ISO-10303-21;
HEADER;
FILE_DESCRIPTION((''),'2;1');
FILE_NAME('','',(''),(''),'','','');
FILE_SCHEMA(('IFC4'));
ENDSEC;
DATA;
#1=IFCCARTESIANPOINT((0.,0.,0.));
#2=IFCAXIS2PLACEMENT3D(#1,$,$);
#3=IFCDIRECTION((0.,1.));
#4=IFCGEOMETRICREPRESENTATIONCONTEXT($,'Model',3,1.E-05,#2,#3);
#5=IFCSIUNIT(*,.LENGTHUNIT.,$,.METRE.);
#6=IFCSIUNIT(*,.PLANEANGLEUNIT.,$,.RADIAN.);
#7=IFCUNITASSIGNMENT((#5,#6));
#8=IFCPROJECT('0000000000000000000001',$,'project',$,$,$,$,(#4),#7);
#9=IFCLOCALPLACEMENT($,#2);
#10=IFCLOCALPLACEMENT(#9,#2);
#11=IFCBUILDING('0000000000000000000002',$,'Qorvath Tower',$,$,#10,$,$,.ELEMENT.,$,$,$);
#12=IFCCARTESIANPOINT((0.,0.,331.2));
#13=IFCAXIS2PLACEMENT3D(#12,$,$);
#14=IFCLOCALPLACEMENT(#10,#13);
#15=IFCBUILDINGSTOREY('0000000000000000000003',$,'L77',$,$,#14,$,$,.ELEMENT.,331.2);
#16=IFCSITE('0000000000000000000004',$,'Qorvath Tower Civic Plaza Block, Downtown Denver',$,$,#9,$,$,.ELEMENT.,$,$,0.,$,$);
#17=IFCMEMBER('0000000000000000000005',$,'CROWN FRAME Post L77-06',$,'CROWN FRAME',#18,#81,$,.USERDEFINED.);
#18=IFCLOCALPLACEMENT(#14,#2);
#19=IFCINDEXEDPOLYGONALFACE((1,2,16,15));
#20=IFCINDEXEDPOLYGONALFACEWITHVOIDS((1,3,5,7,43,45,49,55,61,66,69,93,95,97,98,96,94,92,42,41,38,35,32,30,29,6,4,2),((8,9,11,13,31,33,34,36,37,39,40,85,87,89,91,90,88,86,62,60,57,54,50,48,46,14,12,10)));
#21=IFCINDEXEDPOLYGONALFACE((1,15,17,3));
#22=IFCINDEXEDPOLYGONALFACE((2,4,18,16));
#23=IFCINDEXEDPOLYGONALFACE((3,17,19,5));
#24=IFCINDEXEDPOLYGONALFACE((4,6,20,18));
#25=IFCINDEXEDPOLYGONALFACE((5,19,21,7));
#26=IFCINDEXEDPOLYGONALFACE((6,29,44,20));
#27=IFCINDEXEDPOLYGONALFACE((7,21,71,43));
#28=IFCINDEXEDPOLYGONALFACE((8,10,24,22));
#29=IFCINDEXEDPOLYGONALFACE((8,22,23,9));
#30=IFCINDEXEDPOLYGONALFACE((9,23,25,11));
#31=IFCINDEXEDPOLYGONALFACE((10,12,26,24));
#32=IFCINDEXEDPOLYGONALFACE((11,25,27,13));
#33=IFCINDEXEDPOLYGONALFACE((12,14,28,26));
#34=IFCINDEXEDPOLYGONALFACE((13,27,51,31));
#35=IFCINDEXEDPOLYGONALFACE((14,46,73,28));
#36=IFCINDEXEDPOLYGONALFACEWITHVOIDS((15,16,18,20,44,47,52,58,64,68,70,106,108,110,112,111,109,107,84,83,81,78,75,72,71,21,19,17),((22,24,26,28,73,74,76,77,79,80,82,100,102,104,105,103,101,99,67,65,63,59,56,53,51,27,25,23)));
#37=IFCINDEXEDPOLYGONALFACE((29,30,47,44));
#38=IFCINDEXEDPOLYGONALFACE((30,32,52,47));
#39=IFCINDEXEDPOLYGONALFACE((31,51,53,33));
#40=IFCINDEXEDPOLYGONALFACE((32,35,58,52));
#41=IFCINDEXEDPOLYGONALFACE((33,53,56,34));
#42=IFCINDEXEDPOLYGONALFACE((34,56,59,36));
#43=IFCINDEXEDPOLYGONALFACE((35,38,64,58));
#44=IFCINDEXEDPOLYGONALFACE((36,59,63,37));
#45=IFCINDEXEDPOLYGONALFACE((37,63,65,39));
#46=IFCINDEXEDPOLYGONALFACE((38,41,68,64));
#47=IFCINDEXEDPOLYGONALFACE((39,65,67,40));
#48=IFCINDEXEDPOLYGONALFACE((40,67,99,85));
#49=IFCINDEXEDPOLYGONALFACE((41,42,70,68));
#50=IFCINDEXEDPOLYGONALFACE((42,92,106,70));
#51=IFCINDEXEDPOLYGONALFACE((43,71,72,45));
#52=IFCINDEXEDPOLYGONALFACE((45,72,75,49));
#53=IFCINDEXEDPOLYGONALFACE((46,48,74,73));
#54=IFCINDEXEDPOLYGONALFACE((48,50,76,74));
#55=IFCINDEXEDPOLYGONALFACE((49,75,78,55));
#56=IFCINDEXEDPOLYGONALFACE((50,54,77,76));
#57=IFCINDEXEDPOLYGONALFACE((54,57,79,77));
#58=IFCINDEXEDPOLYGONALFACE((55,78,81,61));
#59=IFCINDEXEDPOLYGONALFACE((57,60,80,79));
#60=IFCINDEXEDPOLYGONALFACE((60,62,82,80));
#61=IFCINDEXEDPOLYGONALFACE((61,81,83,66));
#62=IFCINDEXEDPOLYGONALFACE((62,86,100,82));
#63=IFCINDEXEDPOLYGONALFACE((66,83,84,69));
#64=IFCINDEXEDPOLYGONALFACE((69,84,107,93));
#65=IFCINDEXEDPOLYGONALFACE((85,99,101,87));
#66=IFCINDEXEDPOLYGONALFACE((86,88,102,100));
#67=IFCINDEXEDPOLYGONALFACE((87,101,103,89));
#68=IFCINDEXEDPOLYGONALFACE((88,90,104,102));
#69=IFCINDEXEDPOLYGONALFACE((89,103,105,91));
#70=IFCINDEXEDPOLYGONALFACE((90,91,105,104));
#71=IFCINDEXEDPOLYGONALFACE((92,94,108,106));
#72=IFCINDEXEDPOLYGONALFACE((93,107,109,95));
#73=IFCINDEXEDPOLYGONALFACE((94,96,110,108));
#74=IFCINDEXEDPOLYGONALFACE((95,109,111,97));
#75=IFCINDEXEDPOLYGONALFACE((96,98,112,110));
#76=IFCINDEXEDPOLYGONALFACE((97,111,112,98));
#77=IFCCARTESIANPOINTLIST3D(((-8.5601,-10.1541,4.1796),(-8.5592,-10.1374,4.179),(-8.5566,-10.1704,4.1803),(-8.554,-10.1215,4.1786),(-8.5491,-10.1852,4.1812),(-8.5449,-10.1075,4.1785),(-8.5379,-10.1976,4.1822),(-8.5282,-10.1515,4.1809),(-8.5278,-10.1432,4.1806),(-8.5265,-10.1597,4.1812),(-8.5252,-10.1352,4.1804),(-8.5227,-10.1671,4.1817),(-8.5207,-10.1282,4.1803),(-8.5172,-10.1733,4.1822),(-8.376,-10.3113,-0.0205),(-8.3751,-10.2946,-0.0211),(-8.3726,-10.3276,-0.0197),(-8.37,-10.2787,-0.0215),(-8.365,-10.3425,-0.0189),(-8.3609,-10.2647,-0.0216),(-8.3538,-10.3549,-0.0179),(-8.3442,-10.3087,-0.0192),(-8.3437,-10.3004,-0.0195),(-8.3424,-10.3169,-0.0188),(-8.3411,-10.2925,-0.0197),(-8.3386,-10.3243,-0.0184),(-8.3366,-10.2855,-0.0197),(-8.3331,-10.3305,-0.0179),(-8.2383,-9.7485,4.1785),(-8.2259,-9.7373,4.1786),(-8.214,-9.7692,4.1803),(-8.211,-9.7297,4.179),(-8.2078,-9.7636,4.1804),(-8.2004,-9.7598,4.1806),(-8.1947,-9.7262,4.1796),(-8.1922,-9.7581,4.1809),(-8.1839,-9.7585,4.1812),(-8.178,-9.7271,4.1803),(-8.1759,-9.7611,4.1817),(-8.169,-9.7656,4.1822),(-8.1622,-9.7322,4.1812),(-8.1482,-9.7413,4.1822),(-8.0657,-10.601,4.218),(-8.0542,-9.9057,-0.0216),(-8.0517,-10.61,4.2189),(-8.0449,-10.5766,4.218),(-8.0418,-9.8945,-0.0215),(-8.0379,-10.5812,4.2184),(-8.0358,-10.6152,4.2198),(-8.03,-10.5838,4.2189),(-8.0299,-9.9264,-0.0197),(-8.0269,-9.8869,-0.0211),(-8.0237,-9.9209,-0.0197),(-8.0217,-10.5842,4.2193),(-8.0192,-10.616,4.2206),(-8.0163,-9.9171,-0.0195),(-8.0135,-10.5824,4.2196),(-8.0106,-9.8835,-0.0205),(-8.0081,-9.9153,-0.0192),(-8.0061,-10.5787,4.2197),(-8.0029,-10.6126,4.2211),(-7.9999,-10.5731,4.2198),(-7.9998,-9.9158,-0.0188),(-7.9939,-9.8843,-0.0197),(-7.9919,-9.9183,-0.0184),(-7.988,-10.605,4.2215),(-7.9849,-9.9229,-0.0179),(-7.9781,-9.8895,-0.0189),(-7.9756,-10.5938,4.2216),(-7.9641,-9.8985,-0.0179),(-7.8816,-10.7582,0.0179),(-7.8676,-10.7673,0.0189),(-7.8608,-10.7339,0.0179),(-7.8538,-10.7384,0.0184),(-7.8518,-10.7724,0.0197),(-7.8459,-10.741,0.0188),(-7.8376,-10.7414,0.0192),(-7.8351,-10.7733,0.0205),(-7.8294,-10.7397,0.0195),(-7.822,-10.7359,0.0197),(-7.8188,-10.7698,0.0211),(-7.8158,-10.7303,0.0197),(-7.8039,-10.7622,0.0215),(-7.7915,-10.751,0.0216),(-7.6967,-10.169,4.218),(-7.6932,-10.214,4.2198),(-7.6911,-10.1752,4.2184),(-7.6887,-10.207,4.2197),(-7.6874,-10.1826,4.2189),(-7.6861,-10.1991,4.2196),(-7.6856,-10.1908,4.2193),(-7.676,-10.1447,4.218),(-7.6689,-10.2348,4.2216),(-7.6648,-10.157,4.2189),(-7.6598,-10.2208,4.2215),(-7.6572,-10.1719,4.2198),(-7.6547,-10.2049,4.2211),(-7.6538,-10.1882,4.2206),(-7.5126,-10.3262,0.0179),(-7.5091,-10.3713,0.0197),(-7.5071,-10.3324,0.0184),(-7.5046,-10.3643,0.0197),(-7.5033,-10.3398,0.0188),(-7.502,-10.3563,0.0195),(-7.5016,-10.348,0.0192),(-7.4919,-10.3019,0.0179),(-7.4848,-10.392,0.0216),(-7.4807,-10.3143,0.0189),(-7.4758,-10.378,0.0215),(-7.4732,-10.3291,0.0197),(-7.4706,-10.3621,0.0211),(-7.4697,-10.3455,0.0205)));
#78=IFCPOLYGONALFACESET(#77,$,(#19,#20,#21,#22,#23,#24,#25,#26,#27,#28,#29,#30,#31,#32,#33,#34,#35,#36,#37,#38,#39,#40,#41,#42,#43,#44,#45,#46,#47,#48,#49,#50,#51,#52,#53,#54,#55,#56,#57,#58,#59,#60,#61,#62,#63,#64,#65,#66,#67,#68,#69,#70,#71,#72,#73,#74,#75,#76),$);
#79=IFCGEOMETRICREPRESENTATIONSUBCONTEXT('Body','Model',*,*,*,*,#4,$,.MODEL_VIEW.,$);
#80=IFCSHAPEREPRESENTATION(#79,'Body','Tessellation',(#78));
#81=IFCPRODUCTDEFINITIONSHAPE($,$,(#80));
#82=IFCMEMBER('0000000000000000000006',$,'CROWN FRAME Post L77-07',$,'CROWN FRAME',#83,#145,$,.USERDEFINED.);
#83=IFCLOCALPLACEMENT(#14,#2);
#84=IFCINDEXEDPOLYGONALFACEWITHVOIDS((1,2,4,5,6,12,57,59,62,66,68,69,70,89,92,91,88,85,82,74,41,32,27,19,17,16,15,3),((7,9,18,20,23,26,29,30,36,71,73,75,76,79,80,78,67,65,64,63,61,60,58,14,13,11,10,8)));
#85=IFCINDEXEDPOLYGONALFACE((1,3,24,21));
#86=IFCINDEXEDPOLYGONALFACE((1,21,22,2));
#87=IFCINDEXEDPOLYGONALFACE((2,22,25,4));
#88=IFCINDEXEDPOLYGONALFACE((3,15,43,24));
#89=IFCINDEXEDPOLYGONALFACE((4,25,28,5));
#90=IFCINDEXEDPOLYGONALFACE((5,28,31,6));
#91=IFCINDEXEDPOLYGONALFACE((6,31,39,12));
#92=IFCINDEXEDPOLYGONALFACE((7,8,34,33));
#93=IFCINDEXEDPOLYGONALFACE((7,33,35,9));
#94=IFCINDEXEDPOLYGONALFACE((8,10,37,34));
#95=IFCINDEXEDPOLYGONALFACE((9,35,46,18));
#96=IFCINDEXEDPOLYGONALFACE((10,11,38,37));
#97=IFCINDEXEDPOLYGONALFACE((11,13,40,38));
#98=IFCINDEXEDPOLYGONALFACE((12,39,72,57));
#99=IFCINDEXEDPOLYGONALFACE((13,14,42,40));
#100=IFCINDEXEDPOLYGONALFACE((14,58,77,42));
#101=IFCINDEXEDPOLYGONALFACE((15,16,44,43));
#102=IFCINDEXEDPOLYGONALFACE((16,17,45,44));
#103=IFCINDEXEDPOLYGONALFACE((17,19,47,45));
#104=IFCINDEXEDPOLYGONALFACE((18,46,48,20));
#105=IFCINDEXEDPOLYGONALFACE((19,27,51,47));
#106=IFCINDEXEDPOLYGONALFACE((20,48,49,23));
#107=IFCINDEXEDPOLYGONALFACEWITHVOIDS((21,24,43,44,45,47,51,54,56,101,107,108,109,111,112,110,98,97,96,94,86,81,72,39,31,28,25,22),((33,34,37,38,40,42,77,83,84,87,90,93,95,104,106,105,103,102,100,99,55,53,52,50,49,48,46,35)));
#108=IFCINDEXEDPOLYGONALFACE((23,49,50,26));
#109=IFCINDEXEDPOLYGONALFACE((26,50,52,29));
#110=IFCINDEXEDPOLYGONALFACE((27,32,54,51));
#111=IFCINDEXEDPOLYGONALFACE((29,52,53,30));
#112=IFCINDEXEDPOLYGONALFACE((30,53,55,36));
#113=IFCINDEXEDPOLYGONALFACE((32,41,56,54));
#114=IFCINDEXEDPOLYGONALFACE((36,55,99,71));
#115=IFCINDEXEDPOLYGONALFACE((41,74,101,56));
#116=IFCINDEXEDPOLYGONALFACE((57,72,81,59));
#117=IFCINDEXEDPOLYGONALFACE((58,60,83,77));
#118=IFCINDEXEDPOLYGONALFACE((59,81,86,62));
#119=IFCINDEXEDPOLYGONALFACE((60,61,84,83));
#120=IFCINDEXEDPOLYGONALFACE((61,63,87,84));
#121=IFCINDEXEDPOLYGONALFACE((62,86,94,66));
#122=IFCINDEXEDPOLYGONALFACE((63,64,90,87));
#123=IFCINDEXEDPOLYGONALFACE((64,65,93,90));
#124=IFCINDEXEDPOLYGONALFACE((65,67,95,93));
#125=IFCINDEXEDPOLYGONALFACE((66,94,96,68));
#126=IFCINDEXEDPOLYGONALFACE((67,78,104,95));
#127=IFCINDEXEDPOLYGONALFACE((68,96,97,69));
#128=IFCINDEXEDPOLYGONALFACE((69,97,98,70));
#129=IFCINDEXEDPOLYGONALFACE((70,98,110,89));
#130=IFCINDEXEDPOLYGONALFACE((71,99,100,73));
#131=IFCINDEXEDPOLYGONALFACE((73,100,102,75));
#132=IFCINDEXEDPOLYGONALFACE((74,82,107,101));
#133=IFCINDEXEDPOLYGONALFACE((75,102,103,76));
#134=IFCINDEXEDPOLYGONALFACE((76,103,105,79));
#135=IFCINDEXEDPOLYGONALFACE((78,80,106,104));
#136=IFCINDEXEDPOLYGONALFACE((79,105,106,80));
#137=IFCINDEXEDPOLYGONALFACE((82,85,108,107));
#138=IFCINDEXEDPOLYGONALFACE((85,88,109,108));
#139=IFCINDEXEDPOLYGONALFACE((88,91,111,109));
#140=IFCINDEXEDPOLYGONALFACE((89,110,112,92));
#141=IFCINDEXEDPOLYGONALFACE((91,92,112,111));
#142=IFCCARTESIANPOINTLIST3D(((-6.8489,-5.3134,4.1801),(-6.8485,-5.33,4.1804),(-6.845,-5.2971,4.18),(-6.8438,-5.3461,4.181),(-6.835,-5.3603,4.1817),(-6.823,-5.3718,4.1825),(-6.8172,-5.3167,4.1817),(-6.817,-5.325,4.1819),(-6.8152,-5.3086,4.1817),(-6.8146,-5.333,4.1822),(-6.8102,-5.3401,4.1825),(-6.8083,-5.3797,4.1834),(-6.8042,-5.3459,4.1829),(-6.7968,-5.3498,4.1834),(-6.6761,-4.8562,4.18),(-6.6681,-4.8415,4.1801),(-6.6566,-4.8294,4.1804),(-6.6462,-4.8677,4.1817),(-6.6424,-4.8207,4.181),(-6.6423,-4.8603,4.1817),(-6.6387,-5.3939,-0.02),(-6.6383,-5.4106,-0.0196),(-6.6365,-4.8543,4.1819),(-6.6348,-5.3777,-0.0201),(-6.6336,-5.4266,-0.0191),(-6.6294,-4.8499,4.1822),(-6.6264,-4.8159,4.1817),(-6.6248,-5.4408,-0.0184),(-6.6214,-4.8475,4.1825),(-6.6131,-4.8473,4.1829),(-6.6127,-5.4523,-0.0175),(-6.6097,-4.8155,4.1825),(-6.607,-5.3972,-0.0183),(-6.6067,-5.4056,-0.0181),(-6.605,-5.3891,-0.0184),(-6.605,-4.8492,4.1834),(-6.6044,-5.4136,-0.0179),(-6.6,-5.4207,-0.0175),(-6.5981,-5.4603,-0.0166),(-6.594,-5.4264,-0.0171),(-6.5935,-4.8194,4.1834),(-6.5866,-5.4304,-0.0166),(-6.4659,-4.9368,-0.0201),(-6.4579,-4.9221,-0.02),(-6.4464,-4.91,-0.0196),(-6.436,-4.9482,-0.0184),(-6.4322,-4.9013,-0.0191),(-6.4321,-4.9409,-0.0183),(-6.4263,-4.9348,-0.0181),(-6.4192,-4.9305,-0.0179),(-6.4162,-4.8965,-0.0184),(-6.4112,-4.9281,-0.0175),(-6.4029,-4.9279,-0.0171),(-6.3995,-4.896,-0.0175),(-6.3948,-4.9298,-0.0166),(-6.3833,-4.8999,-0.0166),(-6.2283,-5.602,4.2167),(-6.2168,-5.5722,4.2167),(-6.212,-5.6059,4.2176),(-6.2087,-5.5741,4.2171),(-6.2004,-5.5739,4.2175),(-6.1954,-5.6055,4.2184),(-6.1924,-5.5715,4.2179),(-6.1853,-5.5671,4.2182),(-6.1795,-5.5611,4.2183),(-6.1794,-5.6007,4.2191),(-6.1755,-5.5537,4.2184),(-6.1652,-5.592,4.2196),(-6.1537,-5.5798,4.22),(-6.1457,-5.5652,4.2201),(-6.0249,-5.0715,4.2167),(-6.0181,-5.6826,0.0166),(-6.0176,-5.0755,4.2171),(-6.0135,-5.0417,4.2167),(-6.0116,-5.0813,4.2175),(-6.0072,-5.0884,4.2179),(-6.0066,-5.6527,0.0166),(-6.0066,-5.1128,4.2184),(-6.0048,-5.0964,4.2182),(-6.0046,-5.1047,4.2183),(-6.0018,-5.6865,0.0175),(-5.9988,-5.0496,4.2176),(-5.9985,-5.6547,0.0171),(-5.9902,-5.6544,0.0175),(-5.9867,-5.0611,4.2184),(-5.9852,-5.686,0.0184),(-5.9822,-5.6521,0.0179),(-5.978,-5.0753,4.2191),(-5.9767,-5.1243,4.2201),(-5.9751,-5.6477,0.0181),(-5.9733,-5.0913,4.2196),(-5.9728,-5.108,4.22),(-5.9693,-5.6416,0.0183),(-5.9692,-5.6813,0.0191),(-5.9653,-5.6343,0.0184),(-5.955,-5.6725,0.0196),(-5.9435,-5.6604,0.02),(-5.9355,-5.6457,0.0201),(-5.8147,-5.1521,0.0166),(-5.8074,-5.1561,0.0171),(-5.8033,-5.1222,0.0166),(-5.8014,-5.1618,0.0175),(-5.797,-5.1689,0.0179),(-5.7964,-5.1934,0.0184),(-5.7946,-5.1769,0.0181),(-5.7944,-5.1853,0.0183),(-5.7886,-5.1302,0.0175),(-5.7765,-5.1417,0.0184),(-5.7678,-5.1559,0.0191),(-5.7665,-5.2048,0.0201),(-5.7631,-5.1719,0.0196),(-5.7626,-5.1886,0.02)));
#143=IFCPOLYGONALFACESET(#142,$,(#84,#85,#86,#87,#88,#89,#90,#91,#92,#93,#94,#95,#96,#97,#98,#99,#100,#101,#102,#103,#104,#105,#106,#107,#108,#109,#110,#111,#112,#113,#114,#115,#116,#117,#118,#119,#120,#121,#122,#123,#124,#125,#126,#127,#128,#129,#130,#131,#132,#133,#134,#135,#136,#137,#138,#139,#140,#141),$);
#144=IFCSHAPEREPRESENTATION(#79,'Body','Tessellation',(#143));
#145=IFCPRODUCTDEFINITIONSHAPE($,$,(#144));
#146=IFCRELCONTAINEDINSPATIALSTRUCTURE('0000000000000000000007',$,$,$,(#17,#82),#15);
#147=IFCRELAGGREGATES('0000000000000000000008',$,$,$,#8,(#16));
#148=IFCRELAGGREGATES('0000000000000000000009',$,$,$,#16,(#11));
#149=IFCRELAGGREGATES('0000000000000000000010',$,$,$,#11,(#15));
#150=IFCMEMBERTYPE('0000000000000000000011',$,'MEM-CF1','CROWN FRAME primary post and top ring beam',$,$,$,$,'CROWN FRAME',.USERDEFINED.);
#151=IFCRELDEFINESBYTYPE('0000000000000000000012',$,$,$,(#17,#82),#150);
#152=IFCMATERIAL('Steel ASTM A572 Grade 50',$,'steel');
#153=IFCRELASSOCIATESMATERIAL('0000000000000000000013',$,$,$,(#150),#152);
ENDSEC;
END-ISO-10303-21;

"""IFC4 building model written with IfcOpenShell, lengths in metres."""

from ifc_helpers import new_model, si_unit, direction, frame, origin, origin_2d, place, context, subcontext, project, spatial, hollow_rectangle, extrude, material, material_profile, profile_set, type_object, element, save


model = new_model("IFC4")

# Units and contexts
model_context = context("Model", 3, precision=1e-05, world=origin(), true_north=direction((0.0, 1.0)))
body_context = subcontext(model_context, "Body", "Model", "MODEL_VIEW")
ifc_project = project(units=[si_unit("LENGTHUNIT", "METRE"), si_unit("PLANEANGLEUNIT", "RADIAN")], contexts=[model_context])

# Site, building, storey
site_placement = place(None, origin())
site = spatial("IfcSite", under=ifc_project, at=site_placement, Name="Qorvath Tower Civic Plaza Block, Downtown Denver", CompositionType="ELEMENT", RefElevation=0.0)
building_placement = place(site_placement, origin())
building = spatial("IfcBuilding", under=site, at=building_placement, Name="Qorvath Tower", CompositionType="ELEMENT")
storey_placement = place(building_placement, frame((0.0, 0.0, 331.2)))
storey = spatial("IfcBuildingStorey", under=building, at=storey_placement, Name="L77", CompositionType="ELEMENT", Elevation=331.2)

# Members
ifc_material_1 = material(Name="Steel ASTM A572 Grade 50", Category="steel")
ifc_material_profile_1 = material_profile(ifc_material_1, hollow_rectangle(XDim=0.6001, YDim=0.75, WallThickness=0.032, InnerFilletRadius=0.032, OuterFilletRadius=0.064, at=origin_2d()), Name="CROWN BOX 750x600x32")
ifc_profile_set_1 = profile_set([ifc_material_profile_1], Name="Steel ASTM A572 Grade 50")
member_type_1 = type_object("IfcMemberType", Name="MEM-CF1", Description="CROWN FRAME primary post and top ring beam", ElementType="CROWN FRAME", PredefinedType="USERDEFINED", material=ifc_profile_set_1)
member_1_placement = place(storey_placement, frame((-7.9229, -10.3284, 0.0), z_axis=(-0.043757, 0.037373, 0.998343), x_axis=(-0.649462, -0.760394, 0.0)))
element("IfcMember", 1, at=member_1_placement, inside=storey, type_object=member_type_1, Name="CROWN FRAME Post L77-06", ObjectType="CROWN FRAME", PredefinedType="USERDEFINED", context=body_context, shape_type="SweptSolid", body=[
    extrude(hollow_rectangle(XDim=0.6001, YDim=0.75, WallThickness=0.032, InnerFilletRadius=0.032, OuterFilletRadius=0.064, at=origin_2d()), origin(), (0.0, 0.0, 1.0), 4.207),
])
member_2_placement = place(storey_placement, frame((-6.2007, -5.2913, 0.0), z_axis=(-0.049978, 0.019155, 0.998567), x_axis=(-0.357889, -0.933764, 0.0)))
element("IfcMember", 2, at=member_2_placement, inside=storey, type_object=member_type_1, Name="CROWN FRAME Post L77-07", ObjectType="CROWN FRAME", PredefinedType="USERDEFINED", context=body_context, shape_type="SweptSolid", body=[
    extrude(hollow_rectangle(XDim=0.6001, YDim=0.75, WallThickness=0.032, InnerFilletRadius=0.032, OuterFilletRadius=0.064, at=origin_2d()), origin(), (0.0, 0.0, 1.0), 4.2061),
])

save(model, "model.ifc")
